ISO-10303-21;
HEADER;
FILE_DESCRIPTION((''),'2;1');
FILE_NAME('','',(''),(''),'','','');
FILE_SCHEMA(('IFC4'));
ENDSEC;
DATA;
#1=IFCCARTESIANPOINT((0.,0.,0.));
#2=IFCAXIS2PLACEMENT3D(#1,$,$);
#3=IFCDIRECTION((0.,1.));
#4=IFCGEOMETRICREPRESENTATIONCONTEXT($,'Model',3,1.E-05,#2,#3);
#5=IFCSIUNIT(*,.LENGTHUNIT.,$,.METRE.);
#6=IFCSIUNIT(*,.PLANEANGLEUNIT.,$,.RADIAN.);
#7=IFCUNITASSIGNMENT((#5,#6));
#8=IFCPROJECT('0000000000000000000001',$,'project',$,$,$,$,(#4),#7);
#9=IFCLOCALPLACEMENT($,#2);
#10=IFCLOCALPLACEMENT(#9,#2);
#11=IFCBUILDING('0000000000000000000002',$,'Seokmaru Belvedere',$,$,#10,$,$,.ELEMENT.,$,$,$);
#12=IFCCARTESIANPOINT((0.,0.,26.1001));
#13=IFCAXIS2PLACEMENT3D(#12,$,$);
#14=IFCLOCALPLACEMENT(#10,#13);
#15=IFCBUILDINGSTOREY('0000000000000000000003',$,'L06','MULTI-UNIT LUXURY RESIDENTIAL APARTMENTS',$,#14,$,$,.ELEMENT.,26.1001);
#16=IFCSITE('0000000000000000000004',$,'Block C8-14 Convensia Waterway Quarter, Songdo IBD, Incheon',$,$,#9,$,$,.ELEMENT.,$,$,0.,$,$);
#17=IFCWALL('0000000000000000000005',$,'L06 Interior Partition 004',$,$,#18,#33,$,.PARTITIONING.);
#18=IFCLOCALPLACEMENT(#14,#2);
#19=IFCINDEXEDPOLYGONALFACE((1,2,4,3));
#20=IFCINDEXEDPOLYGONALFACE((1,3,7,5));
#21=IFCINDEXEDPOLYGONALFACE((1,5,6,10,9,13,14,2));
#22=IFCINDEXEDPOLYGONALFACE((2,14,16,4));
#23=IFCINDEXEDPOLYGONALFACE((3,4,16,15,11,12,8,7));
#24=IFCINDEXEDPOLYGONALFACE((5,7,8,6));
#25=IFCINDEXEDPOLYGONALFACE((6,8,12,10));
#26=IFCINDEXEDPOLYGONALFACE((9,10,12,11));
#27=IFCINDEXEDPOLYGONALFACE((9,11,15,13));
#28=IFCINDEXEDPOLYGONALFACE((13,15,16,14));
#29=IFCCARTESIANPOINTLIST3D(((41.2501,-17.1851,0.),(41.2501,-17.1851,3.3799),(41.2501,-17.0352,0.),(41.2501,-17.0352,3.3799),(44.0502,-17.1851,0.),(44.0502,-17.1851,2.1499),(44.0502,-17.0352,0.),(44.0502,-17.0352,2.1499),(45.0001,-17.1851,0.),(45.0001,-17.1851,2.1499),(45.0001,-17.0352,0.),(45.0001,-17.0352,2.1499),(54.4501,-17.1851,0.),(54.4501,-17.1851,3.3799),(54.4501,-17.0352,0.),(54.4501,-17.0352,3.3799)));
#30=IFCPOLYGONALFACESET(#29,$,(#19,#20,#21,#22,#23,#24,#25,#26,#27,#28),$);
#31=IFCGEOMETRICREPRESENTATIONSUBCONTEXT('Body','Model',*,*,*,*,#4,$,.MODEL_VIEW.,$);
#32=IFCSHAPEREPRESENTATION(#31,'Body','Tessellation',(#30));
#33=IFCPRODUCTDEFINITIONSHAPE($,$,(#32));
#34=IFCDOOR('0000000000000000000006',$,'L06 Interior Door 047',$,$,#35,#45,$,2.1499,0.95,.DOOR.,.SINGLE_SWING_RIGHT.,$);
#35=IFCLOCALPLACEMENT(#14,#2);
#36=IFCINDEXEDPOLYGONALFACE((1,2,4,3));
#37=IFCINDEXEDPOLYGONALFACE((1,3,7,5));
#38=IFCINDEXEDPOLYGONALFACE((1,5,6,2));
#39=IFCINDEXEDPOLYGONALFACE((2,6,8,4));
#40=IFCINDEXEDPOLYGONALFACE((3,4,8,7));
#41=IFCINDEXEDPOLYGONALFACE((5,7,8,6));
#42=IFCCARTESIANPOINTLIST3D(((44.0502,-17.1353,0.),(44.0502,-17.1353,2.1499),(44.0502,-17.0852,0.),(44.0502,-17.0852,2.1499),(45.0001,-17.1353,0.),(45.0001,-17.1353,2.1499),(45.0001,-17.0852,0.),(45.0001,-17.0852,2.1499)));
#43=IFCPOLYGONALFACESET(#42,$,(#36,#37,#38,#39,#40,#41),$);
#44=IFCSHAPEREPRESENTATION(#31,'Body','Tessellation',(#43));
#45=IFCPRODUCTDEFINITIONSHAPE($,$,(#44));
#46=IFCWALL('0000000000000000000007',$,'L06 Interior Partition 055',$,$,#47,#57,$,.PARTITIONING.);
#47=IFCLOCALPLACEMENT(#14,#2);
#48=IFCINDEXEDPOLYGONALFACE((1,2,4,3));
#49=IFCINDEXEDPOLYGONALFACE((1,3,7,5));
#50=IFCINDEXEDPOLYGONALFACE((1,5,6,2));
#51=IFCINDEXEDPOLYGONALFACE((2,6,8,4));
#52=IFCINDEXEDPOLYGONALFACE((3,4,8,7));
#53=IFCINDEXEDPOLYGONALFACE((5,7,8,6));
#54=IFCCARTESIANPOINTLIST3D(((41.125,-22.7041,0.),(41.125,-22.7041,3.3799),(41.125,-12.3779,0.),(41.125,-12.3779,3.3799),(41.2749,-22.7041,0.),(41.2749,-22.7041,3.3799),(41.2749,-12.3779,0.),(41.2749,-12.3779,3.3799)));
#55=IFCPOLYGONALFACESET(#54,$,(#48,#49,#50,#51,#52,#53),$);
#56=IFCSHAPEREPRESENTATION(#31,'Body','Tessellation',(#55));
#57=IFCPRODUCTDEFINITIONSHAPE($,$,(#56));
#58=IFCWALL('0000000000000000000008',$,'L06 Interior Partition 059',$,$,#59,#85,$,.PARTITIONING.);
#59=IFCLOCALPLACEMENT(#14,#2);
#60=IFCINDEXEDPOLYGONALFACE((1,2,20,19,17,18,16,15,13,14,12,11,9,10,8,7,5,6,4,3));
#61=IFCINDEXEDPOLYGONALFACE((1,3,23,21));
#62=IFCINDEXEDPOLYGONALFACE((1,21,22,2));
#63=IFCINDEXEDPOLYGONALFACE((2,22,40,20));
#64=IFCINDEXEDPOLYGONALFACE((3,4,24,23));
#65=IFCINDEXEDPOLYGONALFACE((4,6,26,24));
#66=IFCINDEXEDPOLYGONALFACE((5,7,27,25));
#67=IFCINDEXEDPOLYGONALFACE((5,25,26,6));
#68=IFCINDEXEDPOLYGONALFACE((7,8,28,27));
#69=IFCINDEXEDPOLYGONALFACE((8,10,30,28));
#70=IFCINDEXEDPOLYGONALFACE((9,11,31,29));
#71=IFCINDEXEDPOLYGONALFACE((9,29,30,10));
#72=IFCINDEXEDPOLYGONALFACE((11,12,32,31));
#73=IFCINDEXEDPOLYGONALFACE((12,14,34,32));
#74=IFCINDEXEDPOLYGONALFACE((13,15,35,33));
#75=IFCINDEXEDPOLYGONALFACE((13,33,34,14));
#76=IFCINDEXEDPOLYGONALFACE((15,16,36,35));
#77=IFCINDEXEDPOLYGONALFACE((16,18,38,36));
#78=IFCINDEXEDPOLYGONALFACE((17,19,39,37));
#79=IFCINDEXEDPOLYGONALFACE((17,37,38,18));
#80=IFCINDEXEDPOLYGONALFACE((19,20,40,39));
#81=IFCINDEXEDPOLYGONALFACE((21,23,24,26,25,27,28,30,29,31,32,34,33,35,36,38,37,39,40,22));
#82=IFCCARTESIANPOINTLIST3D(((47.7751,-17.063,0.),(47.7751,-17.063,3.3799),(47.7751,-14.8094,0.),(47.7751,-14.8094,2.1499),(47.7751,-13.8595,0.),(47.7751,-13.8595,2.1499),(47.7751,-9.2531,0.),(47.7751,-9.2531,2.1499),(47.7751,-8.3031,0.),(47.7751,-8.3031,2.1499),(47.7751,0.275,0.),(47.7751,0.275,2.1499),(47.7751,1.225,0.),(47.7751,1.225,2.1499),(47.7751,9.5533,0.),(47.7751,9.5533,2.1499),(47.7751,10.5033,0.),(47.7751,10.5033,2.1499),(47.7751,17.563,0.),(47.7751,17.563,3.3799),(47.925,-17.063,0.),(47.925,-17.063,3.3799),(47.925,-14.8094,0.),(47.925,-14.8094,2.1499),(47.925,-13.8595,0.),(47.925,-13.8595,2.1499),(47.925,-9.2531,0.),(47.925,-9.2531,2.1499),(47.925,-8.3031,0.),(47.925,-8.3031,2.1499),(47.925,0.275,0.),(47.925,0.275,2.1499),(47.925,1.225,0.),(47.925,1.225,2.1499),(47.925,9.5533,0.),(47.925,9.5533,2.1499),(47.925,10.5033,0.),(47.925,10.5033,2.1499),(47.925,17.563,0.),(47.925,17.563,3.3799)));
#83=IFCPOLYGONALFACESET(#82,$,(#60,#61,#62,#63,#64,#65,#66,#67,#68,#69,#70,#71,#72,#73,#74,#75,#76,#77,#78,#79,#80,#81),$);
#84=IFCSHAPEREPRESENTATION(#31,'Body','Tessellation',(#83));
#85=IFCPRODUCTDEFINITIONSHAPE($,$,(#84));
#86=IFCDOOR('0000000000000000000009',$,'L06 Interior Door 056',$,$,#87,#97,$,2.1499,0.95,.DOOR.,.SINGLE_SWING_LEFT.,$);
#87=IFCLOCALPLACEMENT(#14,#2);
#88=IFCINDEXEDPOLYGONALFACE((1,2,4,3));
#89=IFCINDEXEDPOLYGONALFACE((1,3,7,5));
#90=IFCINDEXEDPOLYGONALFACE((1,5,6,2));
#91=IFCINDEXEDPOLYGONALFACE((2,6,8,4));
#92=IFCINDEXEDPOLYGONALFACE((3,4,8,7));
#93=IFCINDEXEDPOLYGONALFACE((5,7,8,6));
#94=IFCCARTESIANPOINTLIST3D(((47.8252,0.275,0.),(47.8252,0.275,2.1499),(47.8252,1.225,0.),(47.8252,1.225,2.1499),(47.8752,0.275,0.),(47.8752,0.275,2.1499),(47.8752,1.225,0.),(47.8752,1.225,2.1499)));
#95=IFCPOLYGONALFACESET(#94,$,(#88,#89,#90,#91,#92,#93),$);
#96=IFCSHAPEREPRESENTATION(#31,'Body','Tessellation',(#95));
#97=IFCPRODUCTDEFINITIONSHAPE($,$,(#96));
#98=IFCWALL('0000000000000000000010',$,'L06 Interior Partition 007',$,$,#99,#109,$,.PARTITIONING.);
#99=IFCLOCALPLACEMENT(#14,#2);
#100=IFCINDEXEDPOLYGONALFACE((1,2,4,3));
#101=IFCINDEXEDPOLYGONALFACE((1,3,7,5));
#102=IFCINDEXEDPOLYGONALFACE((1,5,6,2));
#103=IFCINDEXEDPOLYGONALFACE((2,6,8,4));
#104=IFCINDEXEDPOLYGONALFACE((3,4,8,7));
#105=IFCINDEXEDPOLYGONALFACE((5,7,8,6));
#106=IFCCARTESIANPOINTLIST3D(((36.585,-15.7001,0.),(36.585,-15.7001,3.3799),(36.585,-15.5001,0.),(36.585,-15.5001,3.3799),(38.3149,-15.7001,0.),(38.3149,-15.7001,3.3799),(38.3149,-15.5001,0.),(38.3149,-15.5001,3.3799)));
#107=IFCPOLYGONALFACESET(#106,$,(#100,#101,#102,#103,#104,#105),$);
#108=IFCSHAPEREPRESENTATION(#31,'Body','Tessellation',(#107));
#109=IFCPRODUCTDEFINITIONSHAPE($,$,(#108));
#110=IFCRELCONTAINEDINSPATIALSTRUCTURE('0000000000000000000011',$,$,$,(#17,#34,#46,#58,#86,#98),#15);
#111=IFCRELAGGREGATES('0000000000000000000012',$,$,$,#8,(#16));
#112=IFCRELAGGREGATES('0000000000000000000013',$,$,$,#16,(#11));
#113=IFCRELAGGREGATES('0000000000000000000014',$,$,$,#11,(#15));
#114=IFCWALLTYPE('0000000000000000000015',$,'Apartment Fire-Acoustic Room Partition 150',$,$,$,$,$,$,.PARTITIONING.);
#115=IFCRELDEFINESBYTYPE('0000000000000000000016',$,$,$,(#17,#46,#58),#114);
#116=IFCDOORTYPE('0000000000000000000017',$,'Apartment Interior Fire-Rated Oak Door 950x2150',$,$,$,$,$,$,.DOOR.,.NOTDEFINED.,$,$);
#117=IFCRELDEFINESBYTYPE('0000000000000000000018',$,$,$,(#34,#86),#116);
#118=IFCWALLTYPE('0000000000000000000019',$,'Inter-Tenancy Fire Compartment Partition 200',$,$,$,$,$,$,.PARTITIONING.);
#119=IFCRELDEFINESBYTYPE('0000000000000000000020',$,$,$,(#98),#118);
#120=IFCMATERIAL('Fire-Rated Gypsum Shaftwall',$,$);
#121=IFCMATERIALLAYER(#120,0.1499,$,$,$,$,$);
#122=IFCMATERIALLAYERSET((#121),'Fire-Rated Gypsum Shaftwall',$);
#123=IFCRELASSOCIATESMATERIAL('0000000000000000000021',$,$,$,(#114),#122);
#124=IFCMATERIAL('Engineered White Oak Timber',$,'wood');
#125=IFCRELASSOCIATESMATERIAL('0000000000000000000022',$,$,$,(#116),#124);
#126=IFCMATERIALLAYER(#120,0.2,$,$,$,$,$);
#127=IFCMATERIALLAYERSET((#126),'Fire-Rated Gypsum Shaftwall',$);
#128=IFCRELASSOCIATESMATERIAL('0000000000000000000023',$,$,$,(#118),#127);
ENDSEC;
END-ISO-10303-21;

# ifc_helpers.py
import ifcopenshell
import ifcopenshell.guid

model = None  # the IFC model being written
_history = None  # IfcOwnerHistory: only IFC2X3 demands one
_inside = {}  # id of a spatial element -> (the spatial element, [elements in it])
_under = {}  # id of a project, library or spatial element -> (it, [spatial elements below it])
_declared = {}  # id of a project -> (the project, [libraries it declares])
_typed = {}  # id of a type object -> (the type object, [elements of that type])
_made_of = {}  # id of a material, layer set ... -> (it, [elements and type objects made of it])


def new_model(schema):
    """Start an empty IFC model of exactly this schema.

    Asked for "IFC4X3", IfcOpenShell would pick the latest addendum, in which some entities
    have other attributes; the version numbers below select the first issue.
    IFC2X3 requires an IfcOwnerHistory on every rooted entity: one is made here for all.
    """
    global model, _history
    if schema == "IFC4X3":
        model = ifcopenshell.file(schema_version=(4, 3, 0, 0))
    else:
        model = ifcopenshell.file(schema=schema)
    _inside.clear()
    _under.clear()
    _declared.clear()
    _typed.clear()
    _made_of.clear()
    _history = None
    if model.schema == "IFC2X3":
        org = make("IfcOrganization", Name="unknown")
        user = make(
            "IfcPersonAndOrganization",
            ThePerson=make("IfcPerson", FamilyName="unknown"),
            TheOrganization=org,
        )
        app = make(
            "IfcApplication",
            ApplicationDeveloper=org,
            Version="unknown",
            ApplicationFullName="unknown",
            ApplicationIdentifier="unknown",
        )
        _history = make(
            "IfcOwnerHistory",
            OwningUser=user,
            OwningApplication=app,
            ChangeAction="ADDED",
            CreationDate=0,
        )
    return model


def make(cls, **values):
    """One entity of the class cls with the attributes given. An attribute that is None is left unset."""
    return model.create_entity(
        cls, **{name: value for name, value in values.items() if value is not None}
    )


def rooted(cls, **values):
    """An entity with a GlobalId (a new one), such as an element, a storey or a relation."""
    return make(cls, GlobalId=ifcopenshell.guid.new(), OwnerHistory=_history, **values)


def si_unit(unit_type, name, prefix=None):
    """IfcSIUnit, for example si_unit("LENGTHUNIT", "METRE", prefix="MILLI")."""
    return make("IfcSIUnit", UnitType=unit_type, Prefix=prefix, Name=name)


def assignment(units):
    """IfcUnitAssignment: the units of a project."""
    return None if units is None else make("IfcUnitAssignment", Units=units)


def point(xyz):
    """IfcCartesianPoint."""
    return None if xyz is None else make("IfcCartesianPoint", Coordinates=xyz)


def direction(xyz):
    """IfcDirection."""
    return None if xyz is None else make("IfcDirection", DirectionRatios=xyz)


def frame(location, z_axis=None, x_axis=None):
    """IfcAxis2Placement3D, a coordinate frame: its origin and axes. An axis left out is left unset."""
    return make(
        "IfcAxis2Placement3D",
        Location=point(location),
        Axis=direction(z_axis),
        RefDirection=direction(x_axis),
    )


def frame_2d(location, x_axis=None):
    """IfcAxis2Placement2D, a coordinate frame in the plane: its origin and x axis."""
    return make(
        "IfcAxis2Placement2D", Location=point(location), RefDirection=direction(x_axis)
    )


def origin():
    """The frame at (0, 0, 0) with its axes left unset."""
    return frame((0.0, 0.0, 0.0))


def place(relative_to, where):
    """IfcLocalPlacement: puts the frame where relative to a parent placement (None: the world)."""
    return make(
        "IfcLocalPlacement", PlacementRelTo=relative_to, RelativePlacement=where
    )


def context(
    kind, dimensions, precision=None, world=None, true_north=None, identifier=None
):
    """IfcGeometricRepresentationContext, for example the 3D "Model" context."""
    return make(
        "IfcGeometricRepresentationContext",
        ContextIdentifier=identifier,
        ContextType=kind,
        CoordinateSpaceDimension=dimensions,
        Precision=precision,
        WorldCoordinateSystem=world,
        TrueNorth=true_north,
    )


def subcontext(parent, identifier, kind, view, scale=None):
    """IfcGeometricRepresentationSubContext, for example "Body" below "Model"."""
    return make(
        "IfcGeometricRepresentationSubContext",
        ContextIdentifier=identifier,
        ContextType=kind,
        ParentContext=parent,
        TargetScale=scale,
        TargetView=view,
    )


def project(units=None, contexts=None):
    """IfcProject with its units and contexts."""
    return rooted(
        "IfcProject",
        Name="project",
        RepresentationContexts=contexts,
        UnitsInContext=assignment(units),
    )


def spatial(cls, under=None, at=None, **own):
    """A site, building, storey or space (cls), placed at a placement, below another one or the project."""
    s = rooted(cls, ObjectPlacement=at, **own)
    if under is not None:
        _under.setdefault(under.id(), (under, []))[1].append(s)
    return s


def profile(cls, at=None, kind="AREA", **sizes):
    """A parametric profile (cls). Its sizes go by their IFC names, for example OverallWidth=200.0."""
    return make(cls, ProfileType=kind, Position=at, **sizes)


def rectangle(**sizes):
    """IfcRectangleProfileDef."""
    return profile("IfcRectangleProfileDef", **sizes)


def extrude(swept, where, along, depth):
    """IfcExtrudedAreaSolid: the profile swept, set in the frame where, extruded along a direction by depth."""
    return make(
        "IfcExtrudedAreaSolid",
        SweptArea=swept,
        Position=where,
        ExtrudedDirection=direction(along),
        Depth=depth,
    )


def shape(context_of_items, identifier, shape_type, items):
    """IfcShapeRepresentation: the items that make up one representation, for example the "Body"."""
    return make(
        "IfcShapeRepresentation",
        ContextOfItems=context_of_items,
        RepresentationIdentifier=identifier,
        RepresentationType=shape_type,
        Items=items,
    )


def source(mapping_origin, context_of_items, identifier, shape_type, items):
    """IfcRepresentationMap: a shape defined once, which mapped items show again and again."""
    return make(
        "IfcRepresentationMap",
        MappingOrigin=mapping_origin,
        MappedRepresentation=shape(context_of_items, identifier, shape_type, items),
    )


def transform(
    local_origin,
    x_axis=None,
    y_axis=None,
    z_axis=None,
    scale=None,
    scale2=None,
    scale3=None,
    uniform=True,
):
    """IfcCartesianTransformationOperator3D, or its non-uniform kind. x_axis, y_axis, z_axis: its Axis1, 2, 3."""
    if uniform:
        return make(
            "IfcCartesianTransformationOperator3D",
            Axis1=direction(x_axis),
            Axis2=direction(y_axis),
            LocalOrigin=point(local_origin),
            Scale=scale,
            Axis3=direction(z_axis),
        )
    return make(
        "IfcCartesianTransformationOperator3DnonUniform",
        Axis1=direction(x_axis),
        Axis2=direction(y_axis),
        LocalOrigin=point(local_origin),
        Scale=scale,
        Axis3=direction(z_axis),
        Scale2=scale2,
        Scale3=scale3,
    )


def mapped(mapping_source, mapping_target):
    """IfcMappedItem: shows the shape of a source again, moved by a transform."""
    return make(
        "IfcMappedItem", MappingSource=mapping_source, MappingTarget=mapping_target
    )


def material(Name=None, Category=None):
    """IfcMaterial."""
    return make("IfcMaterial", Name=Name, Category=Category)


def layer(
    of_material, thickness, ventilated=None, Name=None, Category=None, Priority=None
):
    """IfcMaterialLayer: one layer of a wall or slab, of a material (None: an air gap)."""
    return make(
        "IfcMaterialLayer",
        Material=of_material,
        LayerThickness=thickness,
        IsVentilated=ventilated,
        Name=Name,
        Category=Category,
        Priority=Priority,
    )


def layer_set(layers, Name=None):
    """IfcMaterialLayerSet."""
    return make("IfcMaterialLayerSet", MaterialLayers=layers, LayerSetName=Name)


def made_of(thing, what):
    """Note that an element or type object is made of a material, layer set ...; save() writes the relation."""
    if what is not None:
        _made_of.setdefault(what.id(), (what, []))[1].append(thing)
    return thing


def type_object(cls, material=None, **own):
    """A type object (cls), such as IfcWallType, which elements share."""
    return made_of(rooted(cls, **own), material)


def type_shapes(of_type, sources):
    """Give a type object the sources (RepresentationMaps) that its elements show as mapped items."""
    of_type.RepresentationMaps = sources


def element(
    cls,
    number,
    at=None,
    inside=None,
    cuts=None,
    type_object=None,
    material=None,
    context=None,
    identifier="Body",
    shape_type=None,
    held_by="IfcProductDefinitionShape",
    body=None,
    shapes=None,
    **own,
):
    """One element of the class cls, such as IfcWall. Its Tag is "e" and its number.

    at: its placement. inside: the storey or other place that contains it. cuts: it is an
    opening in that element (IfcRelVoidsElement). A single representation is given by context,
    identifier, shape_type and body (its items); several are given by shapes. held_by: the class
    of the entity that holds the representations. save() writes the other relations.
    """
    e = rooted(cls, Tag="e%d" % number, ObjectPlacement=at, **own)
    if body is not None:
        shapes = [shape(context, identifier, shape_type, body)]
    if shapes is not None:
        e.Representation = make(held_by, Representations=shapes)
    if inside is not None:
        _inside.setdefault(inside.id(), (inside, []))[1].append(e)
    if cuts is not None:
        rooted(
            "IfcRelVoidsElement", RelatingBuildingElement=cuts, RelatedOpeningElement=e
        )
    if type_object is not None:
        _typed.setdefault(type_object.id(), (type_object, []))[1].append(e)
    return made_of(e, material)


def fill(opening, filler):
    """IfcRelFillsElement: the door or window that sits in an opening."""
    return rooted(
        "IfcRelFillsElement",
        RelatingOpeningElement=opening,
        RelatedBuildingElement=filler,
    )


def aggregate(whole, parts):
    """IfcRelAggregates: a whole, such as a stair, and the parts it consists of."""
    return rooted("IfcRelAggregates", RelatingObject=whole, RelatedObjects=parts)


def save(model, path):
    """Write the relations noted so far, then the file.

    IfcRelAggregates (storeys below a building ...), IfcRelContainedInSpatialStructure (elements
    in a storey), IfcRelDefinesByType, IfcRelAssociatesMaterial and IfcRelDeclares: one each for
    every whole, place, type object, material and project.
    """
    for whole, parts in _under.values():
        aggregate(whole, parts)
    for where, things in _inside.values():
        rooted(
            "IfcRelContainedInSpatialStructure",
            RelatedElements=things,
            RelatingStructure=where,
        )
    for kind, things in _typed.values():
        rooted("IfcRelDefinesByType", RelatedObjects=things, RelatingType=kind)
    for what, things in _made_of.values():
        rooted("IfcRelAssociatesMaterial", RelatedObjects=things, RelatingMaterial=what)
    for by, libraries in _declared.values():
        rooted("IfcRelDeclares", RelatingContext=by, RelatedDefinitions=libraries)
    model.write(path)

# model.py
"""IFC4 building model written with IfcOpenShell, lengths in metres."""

from ifc_helpers import new_model, si_unit, direction, frame, frame_2d, origin, place, context, subcontext, project, spatial, rectangle, extrude, source, transform, mapped, material, layer, layer_set, type_object, type_shapes, element, fill, save


model = new_model("IFC4")

# Units and contexts
model_context = context("Model", 3, precision=1e-05, world=origin(), true_north=direction((0.0, 1.0)))
body_context = subcontext(model_context, "Body", "Model", "MODEL_VIEW")
ifc_project = project(units=[si_unit("LENGTHUNIT", "METRE"), si_unit("PLANEANGLEUNIT", "RADIAN")], contexts=[model_context])

# Site, building, storey
site_placement = place(None, origin())
site = spatial("IfcSite", under=ifc_project, at=site_placement, Name="Block C8-14 Convensia Waterway Quarter, Songdo IBD, Incheon", CompositionType="ELEMENT", RefElevation=0.0)
building_placement = place(site_placement, origin())
building = spatial("IfcBuilding", under=site, at=building_placement, Name="Seokmaru Belvedere", CompositionType="ELEMENT")
storey_placement = place(building_placement, frame((0.0, 0.0, 26.1001)))
storey = spatial("IfcBuildingStorey", under=building, at=storey_placement, Name="L06", Description="MULTI-UNIT LUXURY RESIDENTIAL APARTMENTS", CompositionType="ELEMENT", Elevation=26.1001)

# Wall, opening, door
ifc_material_1 = material(Name="Fire-Rated Gypsum Shaftwall")
ifc_layer_1 = layer(ifc_material_1, 0.1499)
ifc_layer_set_1 = layer_set([ifc_layer_1], Name="Fire-Rated Gypsum Shaftwall")
wall_type_1 = type_object("IfcWallType", Name="Apartment Fire-Acoustic Room Partition 150", PredefinedType="PARTITIONING", material=ifc_layer_set_1)
wall_1_placement = place(storey_placement, frame((41.25, -17.1101, 0.0), z_axis=(0.0, 0.0, 1.0), x_axis=(1.0, 0.0, 0.0)))
wall_1 = element("IfcWall", 1, at=wall_1_placement, inside=storey, type_object=wall_type_1, Name="L06 Interior Partition 004", PredefinedType="PARTITIONING", context=body_context, shape_type="SweptSolid", body=[
    extrude(rectangle(XDim=13.2, YDim=0.1499, at=frame_2d((6.6001, 0.0))), origin(), (0.0, 0.0, 1.0), 3.3799),
])
opening_1_placement = place(wall_1_placement, frame((2.8, 0.0, 0.0)))
opening_1 = element("IfcOpeningElement", 2, at=opening_1_placement, cuts=wall_1, PredefinedType="OPENING", context=body_context, shape_type="SweptSolid", body=[
    extrude(rectangle(XDim=0.95, YDim=2.1499, at=frame_2d((0.4751, 1.075))), frame((0.0, 0.085, 0.0), z_axis=(0.0, -1.0, 0.0), x_axis=(1.0, 0.0, 0.0)), (0.0, 0.0, 1.0), 0.1699),
])
ifc_material_2 = material(Name="Engineered White Oak Timber", Category="wood")
door_type_1 = type_object("IfcDoorType", Name="Apartment Interior Fire-Rated Oak Door 950x2150", OperationType="NOTDEFINED", PredefinedType="DOOR", material=ifc_material_2)
shared_shape_1 = source(origin(), body_context, "Body", "SweptSolid", [
    extrude(rectangle(XDim=0.95, YDim=2.1499, at=frame_2d((0.4751, 1.075))), frame((0.0, 0.0249, 0.0), z_axis=(0.0, -1.0, 0.0), x_axis=(1.0, 0.0, 0.0)), (0.0, 0.0, 1.0), 0.05),
])
type_shapes(door_type_1, [shared_shape_1])
door_1_placement = place(opening_1_placement, origin())
door_1 = element("IfcDoor", 3, at=door_1_placement, inside=storey, type_object=door_type_1, Name="L06 Interior Door 047", OperationType="SINGLE_SWING_RIGHT", OverallHeight=2.1499, OverallWidth=0.95, PredefinedType="DOOR", context=body_context, shape_type="MappedRepresentation", body=[
    mapped(shared_shape_1, transform((0.0, 0.0, 0.0), scale=1.0)),
])
fill(opening_1, door_1)

# Wall
wall_2_placement = place(storey_placement, frame((41.2, -22.7041, 0.0), z_axis=(0.0, 0.0, 1.0), x_axis=(0.0, 1.0, 0.0)))
element("IfcWall", 4, at=wall_2_placement, inside=storey, type_object=wall_type_1, Name="L06 Interior Partition 055", PredefinedType="PARTITIONING", context=body_context, shape_type="SweptSolid", body=[
    extrude(rectangle(XDim=10.3262, YDim=0.1499, at=frame_2d((5.1631, 0.0))), origin(), (0.0, 0.0, 1.0), 3.3799),
])

# Wall, openings, door
wall_3_placement = place(storey_placement, frame((47.8501, -17.063, 0.0), z_axis=(0.0, 0.0, 1.0), x_axis=(0.0, 1.0, 0.0)))
wall_3 = element("IfcWall", 5, at=wall_3_placement, inside=storey, type_object=wall_type_1, Name="L06 Interior Partition 059", PredefinedType="PARTITIONING", context=body_context, shape_type="SweptSolid", body=[
    extrude(rectangle(XDim=34.626, YDim=0.1499, at=frame_2d((17.313, 0.0))), origin(), (0.0, 0.0, 1.0), 3.3799),
])
opening_2_placement = place(wall_3_placement, frame((7.8098, 0.0, 0.0)))
element("IfcOpeningElement", 6, at=opening_2_placement, cuts=wall_3, PredefinedType="OPENING", context=body_context, shape_type="SweptSolid", body=[
    extrude(rectangle(XDim=0.95, YDim=2.1499, at=frame_2d((0.4751, 1.075))), frame((0.0, 0.085, 0.0), z_axis=(0.0, -1.0, 0.0), x_axis=(1.0, 0.0, 0.0)), (0.0, 0.0, 1.0), 0.1699),
])
opening_3_placement = place(wall_3_placement, frame((2.2534, 0.0, 0.0)))
element("IfcOpeningElement", 7, at=opening_3_placement, cuts=wall_3, PredefinedType="OPENING", context=body_context, shape_type="SweptSolid", body=[
    extrude(rectangle(XDim=0.95, YDim=2.1499, at=frame_2d((0.4751, 1.075))), frame((0.0, 0.085, 0.0), z_axis=(0.0, -1.0, 0.0), x_axis=(1.0, 0.0, 0.0)), (0.0, 0.0, 1.0), 0.1699),
])
opening_4_placement = place(wall_3_placement, frame((17.3379, 0.0, 0.0)))
opening_4 = element("IfcOpeningElement", 8, at=opening_4_placement, cuts=wall_3, PredefinedType="OPENING", context=body_context, shape_type="SweptSolid", body=[
    extrude(rectangle(XDim=0.95, YDim=2.1499, at=frame_2d((0.4751, 1.075))), frame((0.0, 0.085, 0.0), z_axis=(0.0, -1.0, 0.0), x_axis=(1.0, 0.0, 0.0)), (0.0, 0.0, 1.0), 0.1699),
])
opening_5_placement = place(wall_3_placement, frame((26.6162, 0.0, 0.0)))
element("IfcOpeningElement", 9, at=opening_5_placement, cuts=wall_3, PredefinedType="OPENING", context=body_context, shape_type="SweptSolid", body=[
    extrude(rectangle(XDim=0.95, YDim=2.1499, at=frame_2d((0.4751, 1.075))), frame((0.0, 0.085, 0.0), z_axis=(0.0, -1.0, 0.0), x_axis=(1.0, 0.0, 0.0)), (0.0, 0.0, 1.0), 0.1699),
])
door_2_placement = place(opening_4_placement, origin())
door_2 = element("IfcDoor", 10, at=door_2_placement, inside=storey, type_object=door_type_1, Name="L06 Interior Door 056", OperationType="SINGLE_SWING_LEFT", OverallHeight=2.1499, OverallWidth=0.95, PredefinedType="DOOR", context=body_context, shape_type="MappedRepresentation", body=[
    mapped(shared_shape_1, transform((0.0, 0.0, 0.0), scale=1.0)),
])
fill(opening_4, door_2)

# Wall
ifc_layer_2 = layer(ifc_material_1, 0.2)
ifc_layer_set_2 = layer_set([ifc_layer_2], Name="Fire-Rated Gypsum Shaftwall")
wall_type_2 = type_object("IfcWallType", Name="Inter-Tenancy Fire Compartment Partition 200", PredefinedType="PARTITIONING", material=ifc_layer_set_2)
wall_4_placement = place(storey_placement, frame((36.585, -15.6001, 0.0), z_axis=(0.0, 0.0, 1.0), x_axis=(1.0, 0.0, 0.0)))
element("IfcWall", 11, at=wall_4_placement, inside=storey, type_object=wall_type_2, Name="L06 Interior Partition 007", PredefinedType="PARTITIONING", context=body_context, shape_type="SweptSolid", body=[
    extrude(rectangle(XDim=1.73, YDim=0.2, at=frame_2d((0.865, 0.0))), origin(), (0.0, 0.0, 1.0), 3.3799),
])

save(model, "model.ifc")
